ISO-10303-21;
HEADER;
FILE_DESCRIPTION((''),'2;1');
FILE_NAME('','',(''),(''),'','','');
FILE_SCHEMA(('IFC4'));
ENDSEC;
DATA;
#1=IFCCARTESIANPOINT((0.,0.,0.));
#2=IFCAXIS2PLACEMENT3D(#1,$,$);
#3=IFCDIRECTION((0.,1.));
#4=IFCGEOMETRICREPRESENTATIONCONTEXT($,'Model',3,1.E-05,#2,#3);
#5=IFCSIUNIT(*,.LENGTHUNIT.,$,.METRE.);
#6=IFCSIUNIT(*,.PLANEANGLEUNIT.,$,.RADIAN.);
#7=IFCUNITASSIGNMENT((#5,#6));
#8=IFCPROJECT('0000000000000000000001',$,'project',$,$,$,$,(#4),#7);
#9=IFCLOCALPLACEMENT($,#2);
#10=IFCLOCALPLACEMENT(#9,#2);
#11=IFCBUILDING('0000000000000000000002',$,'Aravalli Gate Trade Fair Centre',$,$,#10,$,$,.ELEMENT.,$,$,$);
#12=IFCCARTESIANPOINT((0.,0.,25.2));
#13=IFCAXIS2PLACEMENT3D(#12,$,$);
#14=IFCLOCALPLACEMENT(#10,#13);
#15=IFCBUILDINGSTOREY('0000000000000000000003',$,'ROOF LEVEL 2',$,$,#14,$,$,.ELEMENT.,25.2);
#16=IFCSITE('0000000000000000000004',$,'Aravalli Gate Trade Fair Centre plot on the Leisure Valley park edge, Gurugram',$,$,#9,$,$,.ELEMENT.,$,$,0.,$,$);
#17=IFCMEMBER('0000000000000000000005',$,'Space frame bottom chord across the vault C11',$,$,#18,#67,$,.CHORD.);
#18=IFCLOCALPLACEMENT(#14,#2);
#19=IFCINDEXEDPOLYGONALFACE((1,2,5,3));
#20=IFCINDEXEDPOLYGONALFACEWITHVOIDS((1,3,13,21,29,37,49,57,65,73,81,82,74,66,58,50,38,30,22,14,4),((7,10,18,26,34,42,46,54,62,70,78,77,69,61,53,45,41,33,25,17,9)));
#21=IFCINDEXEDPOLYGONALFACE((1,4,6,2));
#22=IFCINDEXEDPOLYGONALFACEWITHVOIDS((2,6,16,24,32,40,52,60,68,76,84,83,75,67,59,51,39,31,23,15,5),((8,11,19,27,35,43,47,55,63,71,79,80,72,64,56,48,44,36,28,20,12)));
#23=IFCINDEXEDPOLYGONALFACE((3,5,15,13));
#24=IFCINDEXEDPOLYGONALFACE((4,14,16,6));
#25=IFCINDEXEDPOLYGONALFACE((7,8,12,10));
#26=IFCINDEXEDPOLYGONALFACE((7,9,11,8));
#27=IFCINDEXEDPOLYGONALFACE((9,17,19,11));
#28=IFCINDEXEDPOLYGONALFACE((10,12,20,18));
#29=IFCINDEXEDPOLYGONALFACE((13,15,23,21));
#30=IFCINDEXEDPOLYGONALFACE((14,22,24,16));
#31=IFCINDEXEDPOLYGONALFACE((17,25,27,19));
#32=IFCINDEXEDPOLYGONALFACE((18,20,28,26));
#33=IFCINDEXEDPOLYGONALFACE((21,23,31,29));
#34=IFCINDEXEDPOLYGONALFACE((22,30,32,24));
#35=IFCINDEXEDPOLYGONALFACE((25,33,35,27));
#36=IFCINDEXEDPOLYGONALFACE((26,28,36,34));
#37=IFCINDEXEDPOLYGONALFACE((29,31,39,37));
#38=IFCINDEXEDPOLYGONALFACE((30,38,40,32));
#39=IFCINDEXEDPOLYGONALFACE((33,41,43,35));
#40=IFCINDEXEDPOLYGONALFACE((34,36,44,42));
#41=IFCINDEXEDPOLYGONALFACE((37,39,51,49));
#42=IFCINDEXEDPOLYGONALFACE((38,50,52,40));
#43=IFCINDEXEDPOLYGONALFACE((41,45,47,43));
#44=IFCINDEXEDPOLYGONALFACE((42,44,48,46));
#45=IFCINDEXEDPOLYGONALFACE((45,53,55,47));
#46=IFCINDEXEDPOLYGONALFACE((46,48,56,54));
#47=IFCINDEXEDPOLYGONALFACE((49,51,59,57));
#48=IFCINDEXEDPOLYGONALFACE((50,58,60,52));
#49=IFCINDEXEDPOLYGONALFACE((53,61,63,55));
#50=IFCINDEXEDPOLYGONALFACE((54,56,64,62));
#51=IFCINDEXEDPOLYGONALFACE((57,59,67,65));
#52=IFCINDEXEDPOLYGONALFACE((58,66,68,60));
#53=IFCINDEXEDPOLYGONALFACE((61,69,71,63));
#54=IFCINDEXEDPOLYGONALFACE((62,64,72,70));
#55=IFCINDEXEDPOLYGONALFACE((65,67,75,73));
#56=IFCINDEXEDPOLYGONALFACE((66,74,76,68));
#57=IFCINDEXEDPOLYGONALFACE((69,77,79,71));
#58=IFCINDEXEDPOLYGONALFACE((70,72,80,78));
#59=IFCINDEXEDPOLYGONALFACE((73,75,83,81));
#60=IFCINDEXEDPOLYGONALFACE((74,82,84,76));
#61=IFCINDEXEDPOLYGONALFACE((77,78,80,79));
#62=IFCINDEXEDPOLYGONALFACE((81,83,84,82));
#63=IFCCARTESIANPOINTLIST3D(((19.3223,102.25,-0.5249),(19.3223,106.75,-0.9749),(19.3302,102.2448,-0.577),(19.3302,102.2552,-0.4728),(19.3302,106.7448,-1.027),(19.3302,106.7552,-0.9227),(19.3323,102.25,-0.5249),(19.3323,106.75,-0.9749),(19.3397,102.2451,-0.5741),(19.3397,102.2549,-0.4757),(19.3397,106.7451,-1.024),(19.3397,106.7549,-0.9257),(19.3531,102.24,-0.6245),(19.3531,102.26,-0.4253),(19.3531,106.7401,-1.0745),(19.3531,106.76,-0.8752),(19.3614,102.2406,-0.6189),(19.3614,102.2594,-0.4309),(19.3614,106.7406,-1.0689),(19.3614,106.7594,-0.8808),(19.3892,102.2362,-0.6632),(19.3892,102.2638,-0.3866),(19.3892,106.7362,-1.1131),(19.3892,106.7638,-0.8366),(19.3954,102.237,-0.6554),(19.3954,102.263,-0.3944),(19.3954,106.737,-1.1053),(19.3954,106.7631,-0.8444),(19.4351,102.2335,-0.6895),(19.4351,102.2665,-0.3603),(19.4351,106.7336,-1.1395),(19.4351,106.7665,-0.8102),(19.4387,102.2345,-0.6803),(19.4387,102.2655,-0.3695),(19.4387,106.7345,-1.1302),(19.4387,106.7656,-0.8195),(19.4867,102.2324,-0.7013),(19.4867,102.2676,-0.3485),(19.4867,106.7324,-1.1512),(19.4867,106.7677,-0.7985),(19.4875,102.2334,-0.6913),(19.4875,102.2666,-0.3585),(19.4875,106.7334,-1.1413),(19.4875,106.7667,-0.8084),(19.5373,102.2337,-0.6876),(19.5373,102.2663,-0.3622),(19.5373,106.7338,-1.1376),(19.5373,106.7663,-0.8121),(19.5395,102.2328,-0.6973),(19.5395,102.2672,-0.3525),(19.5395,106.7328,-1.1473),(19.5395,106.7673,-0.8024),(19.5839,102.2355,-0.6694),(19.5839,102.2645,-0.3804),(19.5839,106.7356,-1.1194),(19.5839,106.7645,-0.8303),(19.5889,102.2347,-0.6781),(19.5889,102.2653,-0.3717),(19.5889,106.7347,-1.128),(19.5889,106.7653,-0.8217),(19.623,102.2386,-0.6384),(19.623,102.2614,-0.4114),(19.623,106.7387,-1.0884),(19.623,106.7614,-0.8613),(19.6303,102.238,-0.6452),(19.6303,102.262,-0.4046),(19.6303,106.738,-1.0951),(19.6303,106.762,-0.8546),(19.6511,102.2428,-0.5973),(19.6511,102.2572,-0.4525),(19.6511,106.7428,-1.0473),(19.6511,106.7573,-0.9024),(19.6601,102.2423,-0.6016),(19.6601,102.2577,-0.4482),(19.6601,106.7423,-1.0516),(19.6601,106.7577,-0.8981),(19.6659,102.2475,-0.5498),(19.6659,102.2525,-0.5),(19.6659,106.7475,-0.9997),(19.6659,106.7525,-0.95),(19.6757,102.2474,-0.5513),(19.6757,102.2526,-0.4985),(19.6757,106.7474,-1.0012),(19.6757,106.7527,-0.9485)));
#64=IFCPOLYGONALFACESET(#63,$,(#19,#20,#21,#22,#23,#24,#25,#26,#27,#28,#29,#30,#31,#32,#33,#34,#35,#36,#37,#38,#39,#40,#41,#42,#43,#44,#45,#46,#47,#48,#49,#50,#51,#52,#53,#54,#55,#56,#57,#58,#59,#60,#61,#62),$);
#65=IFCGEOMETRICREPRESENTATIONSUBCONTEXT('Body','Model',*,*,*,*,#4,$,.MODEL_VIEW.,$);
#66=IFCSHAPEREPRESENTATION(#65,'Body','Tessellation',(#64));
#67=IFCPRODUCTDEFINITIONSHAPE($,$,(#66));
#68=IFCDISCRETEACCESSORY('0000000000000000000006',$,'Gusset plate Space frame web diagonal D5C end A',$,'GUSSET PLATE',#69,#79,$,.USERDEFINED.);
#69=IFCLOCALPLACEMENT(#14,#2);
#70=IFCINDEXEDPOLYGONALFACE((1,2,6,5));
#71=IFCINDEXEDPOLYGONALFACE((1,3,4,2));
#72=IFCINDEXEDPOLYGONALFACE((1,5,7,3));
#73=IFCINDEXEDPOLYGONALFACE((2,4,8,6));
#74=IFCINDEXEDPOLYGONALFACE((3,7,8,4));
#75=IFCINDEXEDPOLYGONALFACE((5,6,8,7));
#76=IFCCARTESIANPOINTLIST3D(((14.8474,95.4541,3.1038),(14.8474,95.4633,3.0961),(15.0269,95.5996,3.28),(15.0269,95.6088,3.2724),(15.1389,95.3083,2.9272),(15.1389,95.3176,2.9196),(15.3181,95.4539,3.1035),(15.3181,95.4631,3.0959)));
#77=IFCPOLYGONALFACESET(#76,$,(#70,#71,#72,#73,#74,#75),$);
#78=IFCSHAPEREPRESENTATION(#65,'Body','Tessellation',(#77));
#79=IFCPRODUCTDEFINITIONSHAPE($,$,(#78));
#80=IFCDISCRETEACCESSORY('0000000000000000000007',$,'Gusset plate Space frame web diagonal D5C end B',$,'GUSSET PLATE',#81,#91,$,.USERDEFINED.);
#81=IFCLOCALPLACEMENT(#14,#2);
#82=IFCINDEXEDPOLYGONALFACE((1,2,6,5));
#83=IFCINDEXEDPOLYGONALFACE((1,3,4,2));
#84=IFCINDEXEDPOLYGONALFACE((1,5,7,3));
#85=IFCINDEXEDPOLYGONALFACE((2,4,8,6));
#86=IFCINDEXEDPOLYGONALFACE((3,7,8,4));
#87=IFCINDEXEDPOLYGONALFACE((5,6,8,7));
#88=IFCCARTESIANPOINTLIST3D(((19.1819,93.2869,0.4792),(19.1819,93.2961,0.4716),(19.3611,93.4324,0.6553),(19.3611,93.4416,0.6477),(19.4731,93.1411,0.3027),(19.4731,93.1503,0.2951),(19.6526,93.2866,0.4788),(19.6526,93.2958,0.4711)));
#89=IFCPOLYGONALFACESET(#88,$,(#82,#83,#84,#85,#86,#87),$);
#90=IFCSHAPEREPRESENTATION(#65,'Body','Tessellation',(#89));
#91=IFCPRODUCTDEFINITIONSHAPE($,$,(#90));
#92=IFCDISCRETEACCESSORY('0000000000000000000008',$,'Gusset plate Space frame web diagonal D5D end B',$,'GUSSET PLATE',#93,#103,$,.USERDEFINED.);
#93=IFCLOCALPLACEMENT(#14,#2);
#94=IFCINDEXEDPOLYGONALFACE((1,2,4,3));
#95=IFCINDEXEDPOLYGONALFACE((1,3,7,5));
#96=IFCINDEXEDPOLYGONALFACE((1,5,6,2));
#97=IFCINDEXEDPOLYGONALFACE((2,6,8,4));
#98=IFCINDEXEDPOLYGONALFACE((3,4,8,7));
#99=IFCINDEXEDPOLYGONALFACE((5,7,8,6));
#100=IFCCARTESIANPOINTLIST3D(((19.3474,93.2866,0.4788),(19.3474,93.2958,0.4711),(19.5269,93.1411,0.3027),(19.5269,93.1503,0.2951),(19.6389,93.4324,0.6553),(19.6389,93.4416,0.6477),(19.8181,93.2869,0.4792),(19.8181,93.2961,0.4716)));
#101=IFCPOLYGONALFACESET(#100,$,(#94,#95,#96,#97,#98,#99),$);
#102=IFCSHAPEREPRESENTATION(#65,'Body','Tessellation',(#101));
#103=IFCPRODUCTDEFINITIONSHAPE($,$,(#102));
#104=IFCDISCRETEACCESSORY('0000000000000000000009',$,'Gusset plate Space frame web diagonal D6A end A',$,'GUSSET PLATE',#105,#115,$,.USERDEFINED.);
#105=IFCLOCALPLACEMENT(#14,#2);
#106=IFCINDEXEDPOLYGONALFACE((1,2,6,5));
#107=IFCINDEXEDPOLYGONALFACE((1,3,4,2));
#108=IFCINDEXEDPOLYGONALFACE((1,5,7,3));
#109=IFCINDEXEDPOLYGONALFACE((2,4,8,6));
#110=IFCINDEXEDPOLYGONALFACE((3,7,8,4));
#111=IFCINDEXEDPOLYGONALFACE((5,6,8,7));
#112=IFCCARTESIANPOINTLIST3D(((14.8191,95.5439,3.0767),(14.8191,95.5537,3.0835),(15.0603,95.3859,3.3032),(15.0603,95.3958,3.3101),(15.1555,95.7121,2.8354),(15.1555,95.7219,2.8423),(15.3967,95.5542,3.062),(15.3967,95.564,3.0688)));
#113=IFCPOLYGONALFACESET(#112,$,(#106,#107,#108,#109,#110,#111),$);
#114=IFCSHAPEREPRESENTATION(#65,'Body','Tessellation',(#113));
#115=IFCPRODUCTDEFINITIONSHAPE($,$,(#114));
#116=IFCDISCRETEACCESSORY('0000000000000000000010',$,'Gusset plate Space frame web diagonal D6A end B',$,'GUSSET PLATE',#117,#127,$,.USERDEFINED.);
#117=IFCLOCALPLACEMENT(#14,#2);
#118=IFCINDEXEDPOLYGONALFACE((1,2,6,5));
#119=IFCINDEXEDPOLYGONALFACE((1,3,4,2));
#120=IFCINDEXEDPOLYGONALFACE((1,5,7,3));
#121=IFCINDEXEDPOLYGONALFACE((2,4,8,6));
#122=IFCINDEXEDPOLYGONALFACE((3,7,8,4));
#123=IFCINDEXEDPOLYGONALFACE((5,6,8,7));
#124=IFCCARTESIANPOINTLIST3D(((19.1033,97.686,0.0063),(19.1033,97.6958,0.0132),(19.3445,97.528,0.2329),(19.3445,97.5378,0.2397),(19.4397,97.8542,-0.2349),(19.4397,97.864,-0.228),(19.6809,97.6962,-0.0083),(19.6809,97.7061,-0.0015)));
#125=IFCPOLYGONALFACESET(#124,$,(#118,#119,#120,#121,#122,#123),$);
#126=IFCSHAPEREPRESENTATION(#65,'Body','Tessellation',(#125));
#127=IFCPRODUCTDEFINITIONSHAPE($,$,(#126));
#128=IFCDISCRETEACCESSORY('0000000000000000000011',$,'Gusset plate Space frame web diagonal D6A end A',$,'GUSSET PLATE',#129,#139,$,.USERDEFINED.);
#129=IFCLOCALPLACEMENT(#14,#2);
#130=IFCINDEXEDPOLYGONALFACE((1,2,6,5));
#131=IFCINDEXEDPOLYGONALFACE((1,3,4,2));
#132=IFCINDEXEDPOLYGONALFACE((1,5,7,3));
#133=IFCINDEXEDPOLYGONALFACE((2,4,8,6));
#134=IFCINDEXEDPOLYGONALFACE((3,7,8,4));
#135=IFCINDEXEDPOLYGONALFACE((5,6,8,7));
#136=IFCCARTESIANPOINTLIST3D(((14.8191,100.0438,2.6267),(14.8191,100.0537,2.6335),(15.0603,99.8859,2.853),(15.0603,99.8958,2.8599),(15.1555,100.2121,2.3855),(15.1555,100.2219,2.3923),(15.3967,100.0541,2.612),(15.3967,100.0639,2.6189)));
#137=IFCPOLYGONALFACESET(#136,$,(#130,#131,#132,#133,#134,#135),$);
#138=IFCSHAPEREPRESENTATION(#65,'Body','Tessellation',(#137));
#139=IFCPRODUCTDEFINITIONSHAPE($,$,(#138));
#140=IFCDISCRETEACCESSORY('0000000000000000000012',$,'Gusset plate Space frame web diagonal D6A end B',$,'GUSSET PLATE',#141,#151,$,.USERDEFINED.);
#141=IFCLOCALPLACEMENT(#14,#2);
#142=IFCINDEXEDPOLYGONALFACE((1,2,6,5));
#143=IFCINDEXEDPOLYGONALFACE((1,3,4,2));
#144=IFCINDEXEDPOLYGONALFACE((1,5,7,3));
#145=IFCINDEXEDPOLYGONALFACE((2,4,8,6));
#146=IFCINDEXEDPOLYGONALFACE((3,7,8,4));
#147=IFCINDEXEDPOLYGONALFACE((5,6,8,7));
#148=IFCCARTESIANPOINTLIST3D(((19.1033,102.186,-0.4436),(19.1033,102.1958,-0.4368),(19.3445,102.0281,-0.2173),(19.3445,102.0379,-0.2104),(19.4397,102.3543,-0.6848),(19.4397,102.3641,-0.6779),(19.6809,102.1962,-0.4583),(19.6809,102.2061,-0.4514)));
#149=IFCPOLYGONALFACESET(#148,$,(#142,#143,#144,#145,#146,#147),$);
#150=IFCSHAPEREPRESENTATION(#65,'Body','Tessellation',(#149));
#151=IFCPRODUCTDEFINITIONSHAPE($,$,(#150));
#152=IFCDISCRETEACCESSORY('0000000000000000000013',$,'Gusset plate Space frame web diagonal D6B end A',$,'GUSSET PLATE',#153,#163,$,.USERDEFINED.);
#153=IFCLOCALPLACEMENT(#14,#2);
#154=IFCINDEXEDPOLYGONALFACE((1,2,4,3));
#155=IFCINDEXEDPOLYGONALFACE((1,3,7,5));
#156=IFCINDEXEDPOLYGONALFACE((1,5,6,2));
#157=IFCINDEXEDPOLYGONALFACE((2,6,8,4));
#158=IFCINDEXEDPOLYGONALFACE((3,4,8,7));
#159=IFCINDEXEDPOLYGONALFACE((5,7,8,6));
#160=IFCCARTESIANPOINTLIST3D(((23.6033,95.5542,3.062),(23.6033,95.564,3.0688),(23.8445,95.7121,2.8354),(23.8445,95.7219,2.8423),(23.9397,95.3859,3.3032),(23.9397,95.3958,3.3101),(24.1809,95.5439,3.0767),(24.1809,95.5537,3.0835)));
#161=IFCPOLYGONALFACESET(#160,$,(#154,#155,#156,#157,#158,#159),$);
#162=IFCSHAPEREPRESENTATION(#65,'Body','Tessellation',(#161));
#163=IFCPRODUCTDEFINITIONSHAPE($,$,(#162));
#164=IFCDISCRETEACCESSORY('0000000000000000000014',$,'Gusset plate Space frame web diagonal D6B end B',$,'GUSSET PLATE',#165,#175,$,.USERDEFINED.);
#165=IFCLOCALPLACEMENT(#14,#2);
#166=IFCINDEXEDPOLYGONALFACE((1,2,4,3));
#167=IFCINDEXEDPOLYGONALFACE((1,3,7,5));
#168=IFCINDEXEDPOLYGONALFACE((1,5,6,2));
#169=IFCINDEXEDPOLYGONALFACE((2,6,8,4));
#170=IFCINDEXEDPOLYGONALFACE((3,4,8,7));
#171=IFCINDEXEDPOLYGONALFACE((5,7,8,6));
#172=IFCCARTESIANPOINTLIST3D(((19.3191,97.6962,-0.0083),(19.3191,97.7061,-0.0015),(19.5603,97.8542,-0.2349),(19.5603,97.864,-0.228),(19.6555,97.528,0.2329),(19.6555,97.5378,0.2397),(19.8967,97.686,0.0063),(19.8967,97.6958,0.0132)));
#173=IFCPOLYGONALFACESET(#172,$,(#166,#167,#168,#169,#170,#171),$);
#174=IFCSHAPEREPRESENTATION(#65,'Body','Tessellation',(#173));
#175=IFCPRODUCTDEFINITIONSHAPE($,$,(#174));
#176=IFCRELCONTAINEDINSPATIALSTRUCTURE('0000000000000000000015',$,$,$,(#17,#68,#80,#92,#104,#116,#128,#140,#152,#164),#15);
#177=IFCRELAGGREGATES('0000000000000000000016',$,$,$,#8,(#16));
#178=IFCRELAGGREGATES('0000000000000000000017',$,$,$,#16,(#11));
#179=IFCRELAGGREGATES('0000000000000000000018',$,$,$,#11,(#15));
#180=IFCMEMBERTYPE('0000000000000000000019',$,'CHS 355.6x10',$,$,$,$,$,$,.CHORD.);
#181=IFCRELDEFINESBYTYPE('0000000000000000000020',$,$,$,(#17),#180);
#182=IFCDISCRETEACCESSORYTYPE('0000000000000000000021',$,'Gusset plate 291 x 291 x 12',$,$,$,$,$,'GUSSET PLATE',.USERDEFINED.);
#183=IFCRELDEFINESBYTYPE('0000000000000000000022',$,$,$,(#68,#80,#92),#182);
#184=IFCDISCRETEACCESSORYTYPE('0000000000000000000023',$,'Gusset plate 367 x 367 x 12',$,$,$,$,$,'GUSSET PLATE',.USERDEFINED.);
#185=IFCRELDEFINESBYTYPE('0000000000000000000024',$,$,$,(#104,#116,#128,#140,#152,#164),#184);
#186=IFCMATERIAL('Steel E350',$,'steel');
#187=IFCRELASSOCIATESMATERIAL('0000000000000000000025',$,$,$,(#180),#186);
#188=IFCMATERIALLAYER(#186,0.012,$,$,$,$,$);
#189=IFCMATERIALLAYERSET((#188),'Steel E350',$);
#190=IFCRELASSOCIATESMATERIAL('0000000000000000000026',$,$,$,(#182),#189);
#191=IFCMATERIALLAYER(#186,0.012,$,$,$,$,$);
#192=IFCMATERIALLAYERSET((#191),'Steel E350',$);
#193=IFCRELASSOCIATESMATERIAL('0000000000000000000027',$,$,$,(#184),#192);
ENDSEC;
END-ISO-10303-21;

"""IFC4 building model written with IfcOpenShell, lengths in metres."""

from ifc_helpers import new_model, si_unit, direction, frame, origin, origin_2d, place, context, subcontext, project, spatial, polyline, hollow_circle, outline, extrude, material, layer, layer_set, material_profile, profile_set, type_object, element, save


model = new_model("IFC4")

# Units and contexts
model_context = context("Model", 3, precision=1e-05, world=origin(), true_north=direction((0.0, 1.0)))
body_context = subcontext(model_context, "Body", "Model", "MODEL_VIEW")
ifc_project = project(units=[si_unit("LENGTHUNIT", "METRE"), si_unit("PLANEANGLEUNIT", "RADIAN")], contexts=[model_context])

# Site, building, storey
site_placement = place(None, origin())
site = spatial("IfcSite", under=ifc_project, at=site_placement, Name="Aravalli Gate Trade Fair Centre plot on the Leisure Valley park edge, Gurugram", CompositionType="ELEMENT", RefElevation=0.0)
building_placement = place(site_placement, origin())
building = spatial("IfcBuilding", under=site, at=building_placement, Name="Aravalli Gate Trade Fair Centre", CompositionType="ELEMENT")
storey_placement = place(building_placement, frame((0.0, 0.0, 25.2)))
storey = spatial("IfcBuildingStorey", under=building, at=storey_placement, Name="ROOF LEVEL 2", CompositionType="ELEMENT", Elevation=25.2)

# Member
ifc_material = material(Name="Steel E350", Category="steel")
ifc_material_profile_1 = material_profile(ifc_material, hollow_circle(Radius=0.1777, WallThickness=0.01, at=origin_2d()), Name="CHS 355.6x10")
ifc_profile_set_1 = profile_set([ifc_material_profile_1], Name="Steel E350")
member_type_1 = type_object("IfcMemberType", Name="CHS 355.6x10", PredefinedType="CHORD", material=ifc_profile_set_1)
for number, where, z_axis, x_axis, name in (
    (1, (19.5, 102.25, -0.5249), (0.0, 0.995038, -0.099493), (-1.0, 0.0, 0.0), "Space frame bottom chord across the vault C11"),
):
    element("IfcMember", number, at=place(storey_placement, frame(where, z_axis=z_axis, x_axis=x_axis)), inside=storey, type_object=member_type_1, Name=name, PredefinedType="CHORD", context=body_context, shape_type="SweptSolid", body=[
        extrude(hollow_circle(Radius=0.1777, WallThickness=0.01, at=origin_2d()), origin(), (0.0, 0.0, 1.0), 4.5225),
    ])

# Discrete accessories
ifc_layer_1 = layer(ifc_material, 0.012)
ifc_layer_set_1 = layer_set([ifc_layer_1], Name="Steel E350")
discrete_accessory_type_1 = type_object("IfcDiscreteAccessoryType", Name="Gusset plate 291 x 291 x 12", ElementType="GUSSET PLATE", PredefinedType="USERDEFINED", material=ifc_layer_set_1)
discrete_accessory_1_placement = place(storey_placement, frame((15.1389, 95.3083, 2.9272), z_axis=(-0.00007, -0.771155, 0.636648), x_axis=(-0.786484, 0.393242, 0.476238)))
element("IfcDiscreteAccessory", 2, at=discrete_accessory_1_placement, inside=storey, type_object=discrete_accessory_type_1, Name="Gusset plate Space frame web diagonal D5C end A", ObjectType="GUSSET PLATE", PredefinedType="USERDEFINED", context=body_context, shape_type="SweptSolid", body=[
    extrude(outline(polyline([(0.0, 0.0), (0.3706, 0.0), (0.3707, -0.2906), (0.0002, -0.2904), (0.0, 0.0)])), origin(), (0.0, 0.0, -1.0), 0.012),
])
discrete_accessory_2_placement = place(storey_placement, frame((19.1819, 93.2869, 0.4792), z_axis=(0.000261, -0.770887, 0.636972), x_axis=(0.786233, -0.393446, -0.476485)))
element("IfcDiscreteAccessory", 3, at=discrete_accessory_2_placement, inside=storey, type_object=discrete_accessory_type_1, Name="Gusset plate Space frame web diagonal D5C end B", ObjectType="GUSSET PLATE", PredefinedType="USERDEFINED", context=body_context, shape_type="SweptSolid", body=[
    extrude(outline(polyline([(0.0, 0.0), (0.3704, 0.0), (0.3704, 0.2904), (-0.0002, 0.2903), (0.0, 0.0)])), origin(), (0.0, 0.0, -1.0), 0.012),
])
discrete_accessory_3_placement = place(storey_placement, frame((19.6389, 93.4324, 0.6553), z_axis=(-0.000261, -0.770887, 0.636972), x_axis=(-0.786484, -0.393242, -0.476238)))
element("IfcDiscreteAccessory", 4, at=discrete_accessory_3_placement, inside=storey, type_object=discrete_accessory_type_1, Name="Gusset plate Space frame web diagonal D5D end B", ObjectType="GUSSET PLATE", PredefinedType="USERDEFINED", context=body_context, shape_type="SweptSolid", body=[
    extrude(outline(polyline([(0.0, 0.0), (0.3706, 0.0), (0.3706, 0.2904), (0.0001, 0.2903), (0.0, 0.0)])), origin(), (0.0, 0.0, -1.0), 0.012),
])
ifc_layer_2 = layer(ifc_material, 0.012)
ifc_layer_set_2 = layer_set([ifc_layer_2], Name="Steel E350")
discrete_accessory_type_2 = type_object("IfcDiscreteAccessoryType", Name="Gusset plate 367 x 367 x 12", ElementType="GUSSET PLATE", PredefinedType="USERDEFINED", material=ifc_layer_set_2)
discrete_accessory_4_placement = place(storey_placement, frame((15.1555, 95.7219, 2.8423), z_axis=(-0.000057, 0.820282, 0.57196), x_axis=(-0.75291, -0.376455, 0.539822)))
element("IfcDiscreteAccessory", 5, at=discrete_accessory_4_placement, inside=storey, type_object=discrete_accessory_type_2, Name="Gusset plate Space frame web diagonal D6A end A", ObjectType="GUSSET PLATE", PredefinedType="USERDEFINED", context=body_context, shape_type="SweptSolid", body=[
    extrude(outline(polyline([(0.0, 0.0), (0.4468, 0.0), (0.447, 0.3667), (0.0002, 0.3667), (0.0, 0.0)])), origin(), (0.0, 0.0, -1.0), 0.012),
])
discrete_accessory_5_placement = place(storey_placement, frame((19.1033, 97.6958, 0.0132), z_axis=(-0.000057, 0.820282, 0.57196), x_axis=(0.75291, 0.376455, -0.539822)))
element("IfcDiscreteAccessory", 6, at=discrete_accessory_5_placement, inside=storey, type_object=discrete_accessory_type_2, Name="Gusset plate Space frame web diagonal D6A end B", ObjectType="GUSSET PLATE", PredefinedType="USERDEFINED", context=body_context, shape_type="SweptSolid", body=[
    extrude(outline(polyline([(0.0, 0.0), (0.4468, 0.0), (0.4467, -0.3667), (-0.0002, -0.3667), (0.0, 0.0)])), origin(), (0.0, 0.0, -1.0), 0.012),
])
discrete_accessory_6_placement = place(storey_placement, frame((15.1555, 100.2219, 2.3923), z_axis=(-0.000049, 0.820141, 0.572161), x_axis=(-0.75291, -0.376583, 0.539733)))
element("IfcDiscreteAccessory", 7, at=discrete_accessory_6_placement, inside=storey, type_object=discrete_accessory_type_2, Name="Gusset plate Space frame web diagonal D6A end A", ObjectType="GUSSET PLATE", PredefinedType="USERDEFINED", context=body_context, shape_type="SweptSolid", body=[
    extrude(outline(polyline([(0.0, 0.0), (0.4468, 0.0), (0.4469, 0.3665), (0.0002, 0.3667), (0.0, 0.0)])), origin(), (0.0, 0.0, -1.0), 0.012),
])
discrete_accessory_7_placement = place(storey_placement, frame((19.1033, 102.1958, -0.4368), z_axis=(-0.000049, 0.820141, 0.572161), x_axis=(0.75291, 0.376583, -0.539733)))
element("IfcDiscreteAccessory", 8, at=discrete_accessory_7_placement, inside=storey, type_object=discrete_accessory_type_2, Name="Gusset plate Space frame web diagonal D6A end B", ObjectType="GUSSET PLATE", PredefinedType="USERDEFINED", context=body_context, shape_type="SweptSolid", body=[
    extrude(outline(polyline([(0.0, 0.0), (0.4468, 0.0), (0.4467, -0.3667), (0.0, -0.3665), (0.0, 0.0)])), origin(), (0.0, 0.0, -1.0), 0.012),
])
discrete_accessory_8_placement = place(storey_placement, frame((23.6033, 95.564, 3.0688), z_axis=(0.000057, 0.820282, 0.57196), x_axis=(0.75291, -0.376455, 0.539822)))
element("IfcDiscreteAccessory", 9, at=discrete_accessory_8_placement, inside=storey, type_object=discrete_accessory_type_2, Name="Gusset plate Space frame web diagonal D6B end A", ObjectType="GUSSET PLATE", PredefinedType="USERDEFINED", context=body_context, shape_type="SweptSolid", body=[
    extrude(outline(polyline([(0.0, 0.0), (0.4468, 0.0), (0.4467, 0.3667), (-0.0002, 0.3667), (0.0, 0.0)])), origin(), (0.0, 0.0, -1.0), 0.012),
])
discrete_accessory_9_placement = place(storey_placement, frame((19.6555, 97.5378, 0.2397), z_axis=(0.000057, 0.820282, 0.57196), x_axis=(-0.75291, 0.376455, -0.539822)))
element("IfcDiscreteAccessory", 10, at=discrete_accessory_9_placement, inside=storey, type_object=discrete_accessory_type_2, Name="Gusset plate Space frame web diagonal D6B end B", ObjectType="GUSSET PLATE", PredefinedType="USERDEFINED", context=body_context, shape_type="SweptSolid", body=[
    extrude(outline(polyline([(0.0, 0.0), (0.4468, 0.0), (0.447, -0.3667), (0.0002, -0.3667), (0.0, 0.0)])), origin(), (0.0, 0.0, -1.0), 0.012),
])

save(model, "model.ifc")
